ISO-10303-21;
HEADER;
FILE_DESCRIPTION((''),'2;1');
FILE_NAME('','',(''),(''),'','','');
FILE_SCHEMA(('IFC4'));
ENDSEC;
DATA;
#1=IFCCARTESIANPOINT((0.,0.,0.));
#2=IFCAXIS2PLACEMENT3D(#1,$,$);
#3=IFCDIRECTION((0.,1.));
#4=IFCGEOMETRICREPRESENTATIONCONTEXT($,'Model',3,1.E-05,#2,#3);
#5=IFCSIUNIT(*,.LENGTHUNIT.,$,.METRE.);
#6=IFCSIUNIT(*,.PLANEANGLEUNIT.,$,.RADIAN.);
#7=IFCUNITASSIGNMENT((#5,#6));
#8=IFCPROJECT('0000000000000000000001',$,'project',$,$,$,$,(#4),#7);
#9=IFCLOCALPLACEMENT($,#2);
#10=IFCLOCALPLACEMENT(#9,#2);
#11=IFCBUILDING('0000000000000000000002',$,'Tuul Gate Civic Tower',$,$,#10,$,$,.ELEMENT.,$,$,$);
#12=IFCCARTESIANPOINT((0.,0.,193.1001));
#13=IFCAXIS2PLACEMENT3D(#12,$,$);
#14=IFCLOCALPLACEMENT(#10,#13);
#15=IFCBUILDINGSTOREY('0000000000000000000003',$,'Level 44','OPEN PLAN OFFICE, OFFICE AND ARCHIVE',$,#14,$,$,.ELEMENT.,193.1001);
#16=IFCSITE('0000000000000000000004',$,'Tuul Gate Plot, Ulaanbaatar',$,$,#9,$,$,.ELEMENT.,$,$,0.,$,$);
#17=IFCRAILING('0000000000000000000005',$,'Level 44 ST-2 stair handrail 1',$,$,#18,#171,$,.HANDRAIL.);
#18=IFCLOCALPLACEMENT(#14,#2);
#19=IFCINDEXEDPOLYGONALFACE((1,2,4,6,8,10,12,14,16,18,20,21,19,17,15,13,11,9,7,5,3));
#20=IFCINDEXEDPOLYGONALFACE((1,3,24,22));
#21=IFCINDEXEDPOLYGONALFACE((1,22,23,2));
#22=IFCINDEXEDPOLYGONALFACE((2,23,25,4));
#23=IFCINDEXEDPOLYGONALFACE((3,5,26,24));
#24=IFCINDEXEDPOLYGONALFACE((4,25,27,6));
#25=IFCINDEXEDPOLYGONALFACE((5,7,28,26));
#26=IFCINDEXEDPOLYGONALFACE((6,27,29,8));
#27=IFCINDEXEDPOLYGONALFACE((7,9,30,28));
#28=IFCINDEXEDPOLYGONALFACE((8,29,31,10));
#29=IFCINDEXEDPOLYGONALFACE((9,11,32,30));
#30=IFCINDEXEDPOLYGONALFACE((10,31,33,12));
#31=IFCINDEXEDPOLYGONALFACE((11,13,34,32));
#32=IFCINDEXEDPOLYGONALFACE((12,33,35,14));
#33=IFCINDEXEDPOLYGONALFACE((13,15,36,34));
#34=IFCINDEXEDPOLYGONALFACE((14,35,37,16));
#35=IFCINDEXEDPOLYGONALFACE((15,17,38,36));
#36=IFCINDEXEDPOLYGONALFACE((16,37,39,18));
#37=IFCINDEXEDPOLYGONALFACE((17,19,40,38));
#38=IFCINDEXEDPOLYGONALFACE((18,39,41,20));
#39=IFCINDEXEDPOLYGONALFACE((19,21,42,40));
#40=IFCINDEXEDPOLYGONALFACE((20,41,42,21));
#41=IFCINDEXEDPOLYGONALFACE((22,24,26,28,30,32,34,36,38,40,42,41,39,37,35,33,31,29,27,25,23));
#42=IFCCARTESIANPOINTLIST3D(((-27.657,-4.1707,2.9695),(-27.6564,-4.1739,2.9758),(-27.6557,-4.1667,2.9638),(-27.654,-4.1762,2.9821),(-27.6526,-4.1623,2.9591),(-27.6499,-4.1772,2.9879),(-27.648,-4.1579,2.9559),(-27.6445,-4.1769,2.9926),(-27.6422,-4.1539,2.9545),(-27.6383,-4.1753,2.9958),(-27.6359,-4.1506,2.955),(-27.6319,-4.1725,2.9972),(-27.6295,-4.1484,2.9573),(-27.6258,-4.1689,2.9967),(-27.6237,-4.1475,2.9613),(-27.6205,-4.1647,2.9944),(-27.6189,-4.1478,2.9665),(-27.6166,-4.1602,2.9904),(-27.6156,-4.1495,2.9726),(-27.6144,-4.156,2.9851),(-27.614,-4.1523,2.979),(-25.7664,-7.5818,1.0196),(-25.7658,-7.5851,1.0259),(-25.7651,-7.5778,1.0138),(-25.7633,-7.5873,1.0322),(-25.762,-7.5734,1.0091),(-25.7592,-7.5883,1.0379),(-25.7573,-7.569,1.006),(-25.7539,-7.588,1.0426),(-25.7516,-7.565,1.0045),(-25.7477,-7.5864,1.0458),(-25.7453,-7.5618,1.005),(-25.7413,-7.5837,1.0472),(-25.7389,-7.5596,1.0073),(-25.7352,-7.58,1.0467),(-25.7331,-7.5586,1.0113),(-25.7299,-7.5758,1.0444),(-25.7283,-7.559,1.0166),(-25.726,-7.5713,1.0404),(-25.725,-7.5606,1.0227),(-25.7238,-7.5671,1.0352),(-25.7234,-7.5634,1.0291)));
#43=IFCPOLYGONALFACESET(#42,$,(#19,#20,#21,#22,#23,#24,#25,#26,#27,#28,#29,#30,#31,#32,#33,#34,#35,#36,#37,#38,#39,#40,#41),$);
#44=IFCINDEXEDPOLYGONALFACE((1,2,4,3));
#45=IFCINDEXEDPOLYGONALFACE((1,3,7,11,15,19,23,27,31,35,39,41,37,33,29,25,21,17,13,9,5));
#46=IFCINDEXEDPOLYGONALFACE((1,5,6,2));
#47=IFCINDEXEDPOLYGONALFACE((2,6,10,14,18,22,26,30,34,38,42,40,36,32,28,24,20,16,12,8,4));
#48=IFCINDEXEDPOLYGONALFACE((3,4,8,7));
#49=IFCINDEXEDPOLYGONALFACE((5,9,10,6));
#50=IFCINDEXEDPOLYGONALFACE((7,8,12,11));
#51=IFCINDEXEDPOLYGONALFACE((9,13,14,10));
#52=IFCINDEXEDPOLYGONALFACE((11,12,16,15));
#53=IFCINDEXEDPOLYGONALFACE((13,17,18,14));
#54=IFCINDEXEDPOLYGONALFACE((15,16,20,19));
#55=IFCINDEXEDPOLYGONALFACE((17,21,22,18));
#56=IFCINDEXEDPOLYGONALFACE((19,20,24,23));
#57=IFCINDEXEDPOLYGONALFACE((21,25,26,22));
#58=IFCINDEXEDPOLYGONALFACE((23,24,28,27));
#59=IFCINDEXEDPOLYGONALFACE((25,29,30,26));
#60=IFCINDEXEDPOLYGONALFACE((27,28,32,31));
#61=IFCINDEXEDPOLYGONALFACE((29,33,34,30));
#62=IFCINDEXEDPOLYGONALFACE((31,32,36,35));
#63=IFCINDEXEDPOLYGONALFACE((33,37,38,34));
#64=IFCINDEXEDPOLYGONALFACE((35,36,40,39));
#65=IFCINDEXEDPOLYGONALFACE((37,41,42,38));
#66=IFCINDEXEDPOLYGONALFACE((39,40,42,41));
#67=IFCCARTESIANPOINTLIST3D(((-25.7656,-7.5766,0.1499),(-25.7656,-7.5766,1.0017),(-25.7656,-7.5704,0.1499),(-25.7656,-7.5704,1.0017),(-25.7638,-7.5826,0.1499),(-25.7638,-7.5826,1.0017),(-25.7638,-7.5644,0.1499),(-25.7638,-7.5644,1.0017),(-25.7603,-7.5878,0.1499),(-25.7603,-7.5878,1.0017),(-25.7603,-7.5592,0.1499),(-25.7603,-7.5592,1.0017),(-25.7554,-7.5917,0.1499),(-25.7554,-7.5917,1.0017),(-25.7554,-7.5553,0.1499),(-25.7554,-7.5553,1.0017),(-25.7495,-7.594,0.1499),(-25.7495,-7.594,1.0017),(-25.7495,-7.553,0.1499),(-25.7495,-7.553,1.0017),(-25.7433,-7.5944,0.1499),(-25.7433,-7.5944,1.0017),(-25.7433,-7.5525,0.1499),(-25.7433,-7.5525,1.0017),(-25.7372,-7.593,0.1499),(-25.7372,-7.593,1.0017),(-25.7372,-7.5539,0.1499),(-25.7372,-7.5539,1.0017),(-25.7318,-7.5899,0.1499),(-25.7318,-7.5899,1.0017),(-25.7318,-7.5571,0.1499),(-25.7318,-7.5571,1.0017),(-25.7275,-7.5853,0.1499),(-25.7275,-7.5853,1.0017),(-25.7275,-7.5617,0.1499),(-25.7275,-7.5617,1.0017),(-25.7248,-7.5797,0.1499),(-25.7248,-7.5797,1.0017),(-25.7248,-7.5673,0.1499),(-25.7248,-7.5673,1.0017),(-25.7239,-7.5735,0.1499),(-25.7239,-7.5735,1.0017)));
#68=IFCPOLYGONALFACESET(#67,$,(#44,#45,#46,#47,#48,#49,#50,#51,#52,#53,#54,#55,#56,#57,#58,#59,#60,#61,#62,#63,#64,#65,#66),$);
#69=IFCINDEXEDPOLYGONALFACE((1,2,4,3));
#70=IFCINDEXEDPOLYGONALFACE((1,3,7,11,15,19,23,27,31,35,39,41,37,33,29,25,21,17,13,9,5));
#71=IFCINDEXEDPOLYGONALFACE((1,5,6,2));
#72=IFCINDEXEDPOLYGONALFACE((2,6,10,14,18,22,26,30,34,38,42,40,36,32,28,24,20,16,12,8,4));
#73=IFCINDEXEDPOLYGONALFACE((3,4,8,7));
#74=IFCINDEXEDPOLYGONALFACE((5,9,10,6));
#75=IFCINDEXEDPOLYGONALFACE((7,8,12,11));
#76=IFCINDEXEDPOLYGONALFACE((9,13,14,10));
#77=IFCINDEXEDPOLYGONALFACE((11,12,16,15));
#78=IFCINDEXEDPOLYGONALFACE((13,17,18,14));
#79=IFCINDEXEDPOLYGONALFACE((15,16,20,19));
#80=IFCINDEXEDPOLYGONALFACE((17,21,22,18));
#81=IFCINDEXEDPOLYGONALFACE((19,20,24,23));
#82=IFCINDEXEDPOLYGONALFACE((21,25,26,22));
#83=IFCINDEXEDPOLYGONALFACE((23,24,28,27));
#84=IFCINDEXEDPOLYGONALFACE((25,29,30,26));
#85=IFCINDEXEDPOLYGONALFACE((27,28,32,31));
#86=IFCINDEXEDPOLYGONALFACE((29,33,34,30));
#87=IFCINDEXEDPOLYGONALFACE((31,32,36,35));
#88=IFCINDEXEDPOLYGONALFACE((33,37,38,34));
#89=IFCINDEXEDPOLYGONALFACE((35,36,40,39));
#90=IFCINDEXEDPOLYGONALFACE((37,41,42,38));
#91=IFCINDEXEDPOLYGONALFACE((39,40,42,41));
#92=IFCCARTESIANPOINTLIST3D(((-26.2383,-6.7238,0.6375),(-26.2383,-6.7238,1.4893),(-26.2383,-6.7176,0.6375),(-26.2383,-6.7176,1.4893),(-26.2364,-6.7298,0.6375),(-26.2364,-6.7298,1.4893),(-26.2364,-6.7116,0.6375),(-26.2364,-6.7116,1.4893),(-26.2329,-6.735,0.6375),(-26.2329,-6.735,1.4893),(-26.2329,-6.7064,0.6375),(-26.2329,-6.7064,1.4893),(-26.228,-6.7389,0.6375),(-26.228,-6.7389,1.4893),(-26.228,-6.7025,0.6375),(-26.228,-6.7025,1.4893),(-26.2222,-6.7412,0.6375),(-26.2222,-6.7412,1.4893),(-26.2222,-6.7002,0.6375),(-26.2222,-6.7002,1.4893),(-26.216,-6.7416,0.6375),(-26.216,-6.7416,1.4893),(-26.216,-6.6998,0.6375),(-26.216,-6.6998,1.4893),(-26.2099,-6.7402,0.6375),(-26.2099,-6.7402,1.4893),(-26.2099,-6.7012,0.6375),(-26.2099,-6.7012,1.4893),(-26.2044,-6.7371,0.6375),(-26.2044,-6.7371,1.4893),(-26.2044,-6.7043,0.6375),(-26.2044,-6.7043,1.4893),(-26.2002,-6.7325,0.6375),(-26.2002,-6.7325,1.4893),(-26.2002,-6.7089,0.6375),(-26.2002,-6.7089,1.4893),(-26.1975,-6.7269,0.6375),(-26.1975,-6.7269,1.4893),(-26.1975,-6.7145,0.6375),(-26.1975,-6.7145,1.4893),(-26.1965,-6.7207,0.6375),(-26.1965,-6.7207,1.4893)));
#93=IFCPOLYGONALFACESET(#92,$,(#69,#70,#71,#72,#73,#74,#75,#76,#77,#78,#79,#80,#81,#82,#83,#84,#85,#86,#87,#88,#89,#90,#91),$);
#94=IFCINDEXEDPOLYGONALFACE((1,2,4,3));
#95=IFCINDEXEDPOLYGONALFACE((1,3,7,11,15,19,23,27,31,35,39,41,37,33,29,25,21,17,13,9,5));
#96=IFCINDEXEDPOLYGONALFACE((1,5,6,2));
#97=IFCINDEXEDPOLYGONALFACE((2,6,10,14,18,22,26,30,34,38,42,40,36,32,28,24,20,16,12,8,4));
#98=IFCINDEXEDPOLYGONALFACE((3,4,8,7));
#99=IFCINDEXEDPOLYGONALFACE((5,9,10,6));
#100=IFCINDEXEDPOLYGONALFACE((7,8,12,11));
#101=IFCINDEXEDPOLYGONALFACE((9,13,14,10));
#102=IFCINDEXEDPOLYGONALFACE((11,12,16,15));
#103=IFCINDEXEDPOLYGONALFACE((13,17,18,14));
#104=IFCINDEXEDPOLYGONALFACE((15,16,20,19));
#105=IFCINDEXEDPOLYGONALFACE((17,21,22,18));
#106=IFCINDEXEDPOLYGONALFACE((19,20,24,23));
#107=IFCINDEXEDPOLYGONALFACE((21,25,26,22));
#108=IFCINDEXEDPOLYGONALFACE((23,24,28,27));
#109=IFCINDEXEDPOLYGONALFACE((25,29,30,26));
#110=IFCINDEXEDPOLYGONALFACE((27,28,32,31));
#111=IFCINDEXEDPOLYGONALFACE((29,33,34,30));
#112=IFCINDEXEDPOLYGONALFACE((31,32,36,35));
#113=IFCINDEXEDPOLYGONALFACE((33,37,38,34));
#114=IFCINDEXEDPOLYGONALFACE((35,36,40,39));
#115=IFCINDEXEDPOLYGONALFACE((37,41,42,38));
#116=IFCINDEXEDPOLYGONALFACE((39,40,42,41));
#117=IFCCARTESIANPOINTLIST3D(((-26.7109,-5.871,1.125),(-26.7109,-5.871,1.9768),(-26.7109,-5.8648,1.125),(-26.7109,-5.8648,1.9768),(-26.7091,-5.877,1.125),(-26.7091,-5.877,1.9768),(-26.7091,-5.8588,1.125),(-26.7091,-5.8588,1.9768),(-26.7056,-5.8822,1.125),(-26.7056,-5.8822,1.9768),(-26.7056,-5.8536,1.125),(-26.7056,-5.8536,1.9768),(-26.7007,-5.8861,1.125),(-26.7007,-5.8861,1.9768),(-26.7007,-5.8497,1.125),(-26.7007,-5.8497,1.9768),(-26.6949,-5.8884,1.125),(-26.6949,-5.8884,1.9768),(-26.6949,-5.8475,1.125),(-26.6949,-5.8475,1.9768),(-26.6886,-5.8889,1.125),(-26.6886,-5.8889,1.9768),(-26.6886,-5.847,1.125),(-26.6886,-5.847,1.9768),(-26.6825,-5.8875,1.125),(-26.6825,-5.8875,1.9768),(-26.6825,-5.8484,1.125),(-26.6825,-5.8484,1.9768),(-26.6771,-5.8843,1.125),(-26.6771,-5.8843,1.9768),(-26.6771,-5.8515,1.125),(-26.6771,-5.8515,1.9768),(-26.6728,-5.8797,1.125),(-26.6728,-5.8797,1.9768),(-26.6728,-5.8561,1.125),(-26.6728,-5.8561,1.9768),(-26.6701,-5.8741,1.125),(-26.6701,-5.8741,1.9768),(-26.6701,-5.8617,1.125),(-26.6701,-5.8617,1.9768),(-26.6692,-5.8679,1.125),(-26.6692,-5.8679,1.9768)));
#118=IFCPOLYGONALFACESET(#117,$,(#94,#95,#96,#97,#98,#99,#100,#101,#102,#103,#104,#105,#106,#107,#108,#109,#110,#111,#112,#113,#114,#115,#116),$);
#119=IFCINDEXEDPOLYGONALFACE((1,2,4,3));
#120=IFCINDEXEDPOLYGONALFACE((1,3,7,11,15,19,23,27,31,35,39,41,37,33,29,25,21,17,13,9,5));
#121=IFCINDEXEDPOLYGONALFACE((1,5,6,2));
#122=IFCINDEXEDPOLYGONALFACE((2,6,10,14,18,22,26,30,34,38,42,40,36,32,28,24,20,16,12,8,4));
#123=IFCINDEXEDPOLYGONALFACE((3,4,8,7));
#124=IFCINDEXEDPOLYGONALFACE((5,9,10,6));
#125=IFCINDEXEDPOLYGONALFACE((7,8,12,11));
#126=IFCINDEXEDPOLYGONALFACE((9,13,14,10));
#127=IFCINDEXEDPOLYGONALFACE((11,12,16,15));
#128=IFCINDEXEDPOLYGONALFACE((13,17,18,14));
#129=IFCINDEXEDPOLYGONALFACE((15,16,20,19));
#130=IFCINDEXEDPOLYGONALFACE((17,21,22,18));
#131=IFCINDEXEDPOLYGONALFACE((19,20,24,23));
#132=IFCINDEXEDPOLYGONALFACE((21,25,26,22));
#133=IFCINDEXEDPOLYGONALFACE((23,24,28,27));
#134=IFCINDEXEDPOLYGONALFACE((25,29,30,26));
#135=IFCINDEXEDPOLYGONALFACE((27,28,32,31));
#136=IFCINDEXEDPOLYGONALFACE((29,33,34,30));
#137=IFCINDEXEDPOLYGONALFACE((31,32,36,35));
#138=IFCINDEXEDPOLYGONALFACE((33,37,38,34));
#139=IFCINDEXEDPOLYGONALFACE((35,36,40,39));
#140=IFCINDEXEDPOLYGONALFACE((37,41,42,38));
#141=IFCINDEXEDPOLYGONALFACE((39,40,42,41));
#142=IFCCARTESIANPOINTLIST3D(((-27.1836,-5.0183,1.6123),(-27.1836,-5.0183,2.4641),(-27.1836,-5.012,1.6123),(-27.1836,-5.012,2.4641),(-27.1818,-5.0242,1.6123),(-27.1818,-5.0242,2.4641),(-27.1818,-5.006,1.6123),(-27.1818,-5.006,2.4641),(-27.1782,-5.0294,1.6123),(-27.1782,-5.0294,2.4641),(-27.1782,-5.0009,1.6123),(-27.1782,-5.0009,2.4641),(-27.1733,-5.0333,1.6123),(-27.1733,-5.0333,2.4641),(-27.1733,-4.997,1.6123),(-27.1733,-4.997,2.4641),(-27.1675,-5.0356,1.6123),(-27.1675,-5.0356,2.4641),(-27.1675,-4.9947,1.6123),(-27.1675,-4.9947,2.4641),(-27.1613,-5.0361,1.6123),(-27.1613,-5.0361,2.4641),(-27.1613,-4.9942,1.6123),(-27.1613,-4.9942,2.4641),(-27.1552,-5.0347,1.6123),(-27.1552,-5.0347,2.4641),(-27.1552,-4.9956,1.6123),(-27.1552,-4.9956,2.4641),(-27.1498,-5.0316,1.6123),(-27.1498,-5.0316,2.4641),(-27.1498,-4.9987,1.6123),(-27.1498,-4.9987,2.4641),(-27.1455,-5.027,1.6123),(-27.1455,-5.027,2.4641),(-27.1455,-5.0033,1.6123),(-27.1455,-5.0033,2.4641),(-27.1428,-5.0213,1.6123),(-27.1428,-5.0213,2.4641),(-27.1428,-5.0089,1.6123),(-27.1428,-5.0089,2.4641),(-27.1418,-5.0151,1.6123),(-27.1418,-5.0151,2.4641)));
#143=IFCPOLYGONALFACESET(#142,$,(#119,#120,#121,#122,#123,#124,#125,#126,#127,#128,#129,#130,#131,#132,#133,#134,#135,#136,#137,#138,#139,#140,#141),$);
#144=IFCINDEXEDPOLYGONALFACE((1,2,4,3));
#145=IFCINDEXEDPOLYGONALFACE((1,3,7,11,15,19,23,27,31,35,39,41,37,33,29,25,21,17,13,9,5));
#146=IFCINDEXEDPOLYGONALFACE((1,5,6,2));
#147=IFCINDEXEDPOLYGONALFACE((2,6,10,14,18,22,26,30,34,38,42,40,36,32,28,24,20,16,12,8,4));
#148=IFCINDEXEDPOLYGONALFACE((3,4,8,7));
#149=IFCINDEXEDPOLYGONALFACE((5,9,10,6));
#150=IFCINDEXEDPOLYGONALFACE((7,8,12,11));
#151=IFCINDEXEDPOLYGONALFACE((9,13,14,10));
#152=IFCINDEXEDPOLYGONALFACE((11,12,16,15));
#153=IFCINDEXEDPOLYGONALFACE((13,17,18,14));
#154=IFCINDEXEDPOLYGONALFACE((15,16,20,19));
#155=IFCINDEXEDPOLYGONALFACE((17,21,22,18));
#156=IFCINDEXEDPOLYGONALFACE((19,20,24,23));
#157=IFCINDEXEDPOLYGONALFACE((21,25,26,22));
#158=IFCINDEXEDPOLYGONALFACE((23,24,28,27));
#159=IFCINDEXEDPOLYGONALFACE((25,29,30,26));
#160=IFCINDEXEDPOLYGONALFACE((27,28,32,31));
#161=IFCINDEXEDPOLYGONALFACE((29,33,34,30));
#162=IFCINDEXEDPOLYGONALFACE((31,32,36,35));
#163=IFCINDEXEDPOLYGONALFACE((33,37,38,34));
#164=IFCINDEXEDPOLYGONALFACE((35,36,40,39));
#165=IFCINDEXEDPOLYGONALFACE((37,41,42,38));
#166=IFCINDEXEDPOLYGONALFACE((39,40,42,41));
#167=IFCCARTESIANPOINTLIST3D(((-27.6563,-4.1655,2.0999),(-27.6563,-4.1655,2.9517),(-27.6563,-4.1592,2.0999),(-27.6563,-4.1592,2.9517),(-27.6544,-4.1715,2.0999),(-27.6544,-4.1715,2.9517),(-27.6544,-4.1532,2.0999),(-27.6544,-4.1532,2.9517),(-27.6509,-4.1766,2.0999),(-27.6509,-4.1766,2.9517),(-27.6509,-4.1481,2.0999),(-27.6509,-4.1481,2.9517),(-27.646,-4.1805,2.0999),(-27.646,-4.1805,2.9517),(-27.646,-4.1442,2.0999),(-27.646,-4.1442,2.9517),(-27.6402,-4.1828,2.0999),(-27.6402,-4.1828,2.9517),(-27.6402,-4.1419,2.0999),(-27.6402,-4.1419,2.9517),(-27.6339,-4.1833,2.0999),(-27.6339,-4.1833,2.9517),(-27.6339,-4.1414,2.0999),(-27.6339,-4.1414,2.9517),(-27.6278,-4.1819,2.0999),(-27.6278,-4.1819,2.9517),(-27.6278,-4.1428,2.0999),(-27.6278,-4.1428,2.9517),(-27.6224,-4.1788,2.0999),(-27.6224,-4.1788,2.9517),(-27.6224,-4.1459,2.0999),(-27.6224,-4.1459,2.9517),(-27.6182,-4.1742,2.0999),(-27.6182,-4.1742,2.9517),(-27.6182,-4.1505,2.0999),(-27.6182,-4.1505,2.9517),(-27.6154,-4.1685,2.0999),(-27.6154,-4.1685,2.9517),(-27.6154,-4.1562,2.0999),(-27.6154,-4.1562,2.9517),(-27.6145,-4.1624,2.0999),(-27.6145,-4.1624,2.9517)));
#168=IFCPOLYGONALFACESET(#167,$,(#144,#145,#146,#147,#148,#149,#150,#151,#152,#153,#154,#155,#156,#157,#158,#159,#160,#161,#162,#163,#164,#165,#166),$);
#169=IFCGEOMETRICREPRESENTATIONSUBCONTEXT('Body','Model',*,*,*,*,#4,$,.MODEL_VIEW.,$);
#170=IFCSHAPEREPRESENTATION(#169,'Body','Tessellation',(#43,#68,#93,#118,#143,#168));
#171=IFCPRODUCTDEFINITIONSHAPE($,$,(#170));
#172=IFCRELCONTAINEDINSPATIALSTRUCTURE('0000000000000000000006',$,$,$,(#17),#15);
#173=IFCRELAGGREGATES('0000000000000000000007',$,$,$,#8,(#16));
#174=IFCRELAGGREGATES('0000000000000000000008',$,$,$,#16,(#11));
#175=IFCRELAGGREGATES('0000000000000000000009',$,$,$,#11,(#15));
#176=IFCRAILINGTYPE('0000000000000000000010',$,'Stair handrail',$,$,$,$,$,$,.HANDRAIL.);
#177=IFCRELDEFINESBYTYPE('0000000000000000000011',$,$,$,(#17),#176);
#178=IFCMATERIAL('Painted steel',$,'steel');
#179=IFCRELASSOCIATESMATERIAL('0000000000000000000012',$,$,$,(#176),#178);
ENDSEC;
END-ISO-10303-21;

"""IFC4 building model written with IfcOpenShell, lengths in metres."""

from ifc_helpers import new_model, si_unit, direction, frame, origin, origin_2d, place, context, subcontext, project, spatial, circle, extrude, material, type_object, element, save


model = new_model("IFC4")

# Units and contexts
model_context = context("Model", 3, precision=1e-05, world=origin(), true_north=direction((0.0, 1.0)))
body_context = subcontext(model_context, "Body", "Model", "MODEL_VIEW")
ifc_project = project(units=[si_unit("LENGTHUNIT", "METRE"), si_unit("PLANEANGLEUNIT", "RADIAN")], contexts=[model_context])

# Site, building, storey
site_placement = place(None, origin())
site = spatial("IfcSite", under=ifc_project, at=site_placement, Name="Tuul Gate Plot, Ulaanbaatar", CompositionType="ELEMENT", RefElevation=0.0)
building_placement = place(site_placement, origin())
building = spatial("IfcBuilding", under=site, at=building_placement, Name="Tuul Gate Civic Tower", CompositionType="ELEMENT")
storey_placement = place(building_placement, frame((0.0, 0.0, 193.1001)))
storey = spatial("IfcBuildingStorey", under=building, at=storey_placement, Name="Level 44", Description="OPEN PLAN OFFICE, OFFICE AND ARCHIVE", CompositionType="ELEMENT", Elevation=193.1001)

# Railing
ifc_material_1 = material(Name="Painted steel", Category="steel")
railing_type_1 = type_object("IfcRailingType", Name="Stair handrail", PredefinedType="HANDRAIL", material=ifc_material_1)
railing_1_placement = place(storey_placement, frame((-25.7449, -7.5735, 0.1499)))
element("IfcRailing", 1, at=railing_1_placement, inside=storey, type_object=railing_type_1, Name="Level 44 ST-2 stair handrail 1", PredefinedType="HANDRAIL", context=body_context, shape_type="SweptSolid", body=[
    extrude(circle(Radius=0.0239, at=origin_2d()), frame((0.0, 0.0, 0.876), z_axis=(-0.433595, 0.782308, 0.447201), x_axis=(-0.874641, -0.484771, 0.0)), (0.0, 0.0, 1.0), 4.3604),
    extrude(circle(Radius=0.021, at=origin_2d()), origin(), (0.0, 0.0, 1.0), 0.8518),
    extrude(circle(Radius=0.021, at=origin_2d()), frame((-0.4727, 0.8528, 0.4875)), (0.0, 0.0, 1.0), 0.8518),
    extrude(circle(Radius=0.021, at=origin_2d()), frame((-0.9453, 1.7056, 0.9751)), (0.0, 0.0, 1.0), 0.8518),
    extrude(circle(Radius=0.021, at=origin_2d()), frame((-1.418, 2.5583, 1.4624)), (0.0, 0.0, 1.0), 0.8518),
    extrude(circle(Radius=0.021, at=origin_2d()), frame((-1.8906, 3.4111, 1.95)), (0.0, 0.0, 1.0), 0.8518),
])

save(model, "model.ifc")
